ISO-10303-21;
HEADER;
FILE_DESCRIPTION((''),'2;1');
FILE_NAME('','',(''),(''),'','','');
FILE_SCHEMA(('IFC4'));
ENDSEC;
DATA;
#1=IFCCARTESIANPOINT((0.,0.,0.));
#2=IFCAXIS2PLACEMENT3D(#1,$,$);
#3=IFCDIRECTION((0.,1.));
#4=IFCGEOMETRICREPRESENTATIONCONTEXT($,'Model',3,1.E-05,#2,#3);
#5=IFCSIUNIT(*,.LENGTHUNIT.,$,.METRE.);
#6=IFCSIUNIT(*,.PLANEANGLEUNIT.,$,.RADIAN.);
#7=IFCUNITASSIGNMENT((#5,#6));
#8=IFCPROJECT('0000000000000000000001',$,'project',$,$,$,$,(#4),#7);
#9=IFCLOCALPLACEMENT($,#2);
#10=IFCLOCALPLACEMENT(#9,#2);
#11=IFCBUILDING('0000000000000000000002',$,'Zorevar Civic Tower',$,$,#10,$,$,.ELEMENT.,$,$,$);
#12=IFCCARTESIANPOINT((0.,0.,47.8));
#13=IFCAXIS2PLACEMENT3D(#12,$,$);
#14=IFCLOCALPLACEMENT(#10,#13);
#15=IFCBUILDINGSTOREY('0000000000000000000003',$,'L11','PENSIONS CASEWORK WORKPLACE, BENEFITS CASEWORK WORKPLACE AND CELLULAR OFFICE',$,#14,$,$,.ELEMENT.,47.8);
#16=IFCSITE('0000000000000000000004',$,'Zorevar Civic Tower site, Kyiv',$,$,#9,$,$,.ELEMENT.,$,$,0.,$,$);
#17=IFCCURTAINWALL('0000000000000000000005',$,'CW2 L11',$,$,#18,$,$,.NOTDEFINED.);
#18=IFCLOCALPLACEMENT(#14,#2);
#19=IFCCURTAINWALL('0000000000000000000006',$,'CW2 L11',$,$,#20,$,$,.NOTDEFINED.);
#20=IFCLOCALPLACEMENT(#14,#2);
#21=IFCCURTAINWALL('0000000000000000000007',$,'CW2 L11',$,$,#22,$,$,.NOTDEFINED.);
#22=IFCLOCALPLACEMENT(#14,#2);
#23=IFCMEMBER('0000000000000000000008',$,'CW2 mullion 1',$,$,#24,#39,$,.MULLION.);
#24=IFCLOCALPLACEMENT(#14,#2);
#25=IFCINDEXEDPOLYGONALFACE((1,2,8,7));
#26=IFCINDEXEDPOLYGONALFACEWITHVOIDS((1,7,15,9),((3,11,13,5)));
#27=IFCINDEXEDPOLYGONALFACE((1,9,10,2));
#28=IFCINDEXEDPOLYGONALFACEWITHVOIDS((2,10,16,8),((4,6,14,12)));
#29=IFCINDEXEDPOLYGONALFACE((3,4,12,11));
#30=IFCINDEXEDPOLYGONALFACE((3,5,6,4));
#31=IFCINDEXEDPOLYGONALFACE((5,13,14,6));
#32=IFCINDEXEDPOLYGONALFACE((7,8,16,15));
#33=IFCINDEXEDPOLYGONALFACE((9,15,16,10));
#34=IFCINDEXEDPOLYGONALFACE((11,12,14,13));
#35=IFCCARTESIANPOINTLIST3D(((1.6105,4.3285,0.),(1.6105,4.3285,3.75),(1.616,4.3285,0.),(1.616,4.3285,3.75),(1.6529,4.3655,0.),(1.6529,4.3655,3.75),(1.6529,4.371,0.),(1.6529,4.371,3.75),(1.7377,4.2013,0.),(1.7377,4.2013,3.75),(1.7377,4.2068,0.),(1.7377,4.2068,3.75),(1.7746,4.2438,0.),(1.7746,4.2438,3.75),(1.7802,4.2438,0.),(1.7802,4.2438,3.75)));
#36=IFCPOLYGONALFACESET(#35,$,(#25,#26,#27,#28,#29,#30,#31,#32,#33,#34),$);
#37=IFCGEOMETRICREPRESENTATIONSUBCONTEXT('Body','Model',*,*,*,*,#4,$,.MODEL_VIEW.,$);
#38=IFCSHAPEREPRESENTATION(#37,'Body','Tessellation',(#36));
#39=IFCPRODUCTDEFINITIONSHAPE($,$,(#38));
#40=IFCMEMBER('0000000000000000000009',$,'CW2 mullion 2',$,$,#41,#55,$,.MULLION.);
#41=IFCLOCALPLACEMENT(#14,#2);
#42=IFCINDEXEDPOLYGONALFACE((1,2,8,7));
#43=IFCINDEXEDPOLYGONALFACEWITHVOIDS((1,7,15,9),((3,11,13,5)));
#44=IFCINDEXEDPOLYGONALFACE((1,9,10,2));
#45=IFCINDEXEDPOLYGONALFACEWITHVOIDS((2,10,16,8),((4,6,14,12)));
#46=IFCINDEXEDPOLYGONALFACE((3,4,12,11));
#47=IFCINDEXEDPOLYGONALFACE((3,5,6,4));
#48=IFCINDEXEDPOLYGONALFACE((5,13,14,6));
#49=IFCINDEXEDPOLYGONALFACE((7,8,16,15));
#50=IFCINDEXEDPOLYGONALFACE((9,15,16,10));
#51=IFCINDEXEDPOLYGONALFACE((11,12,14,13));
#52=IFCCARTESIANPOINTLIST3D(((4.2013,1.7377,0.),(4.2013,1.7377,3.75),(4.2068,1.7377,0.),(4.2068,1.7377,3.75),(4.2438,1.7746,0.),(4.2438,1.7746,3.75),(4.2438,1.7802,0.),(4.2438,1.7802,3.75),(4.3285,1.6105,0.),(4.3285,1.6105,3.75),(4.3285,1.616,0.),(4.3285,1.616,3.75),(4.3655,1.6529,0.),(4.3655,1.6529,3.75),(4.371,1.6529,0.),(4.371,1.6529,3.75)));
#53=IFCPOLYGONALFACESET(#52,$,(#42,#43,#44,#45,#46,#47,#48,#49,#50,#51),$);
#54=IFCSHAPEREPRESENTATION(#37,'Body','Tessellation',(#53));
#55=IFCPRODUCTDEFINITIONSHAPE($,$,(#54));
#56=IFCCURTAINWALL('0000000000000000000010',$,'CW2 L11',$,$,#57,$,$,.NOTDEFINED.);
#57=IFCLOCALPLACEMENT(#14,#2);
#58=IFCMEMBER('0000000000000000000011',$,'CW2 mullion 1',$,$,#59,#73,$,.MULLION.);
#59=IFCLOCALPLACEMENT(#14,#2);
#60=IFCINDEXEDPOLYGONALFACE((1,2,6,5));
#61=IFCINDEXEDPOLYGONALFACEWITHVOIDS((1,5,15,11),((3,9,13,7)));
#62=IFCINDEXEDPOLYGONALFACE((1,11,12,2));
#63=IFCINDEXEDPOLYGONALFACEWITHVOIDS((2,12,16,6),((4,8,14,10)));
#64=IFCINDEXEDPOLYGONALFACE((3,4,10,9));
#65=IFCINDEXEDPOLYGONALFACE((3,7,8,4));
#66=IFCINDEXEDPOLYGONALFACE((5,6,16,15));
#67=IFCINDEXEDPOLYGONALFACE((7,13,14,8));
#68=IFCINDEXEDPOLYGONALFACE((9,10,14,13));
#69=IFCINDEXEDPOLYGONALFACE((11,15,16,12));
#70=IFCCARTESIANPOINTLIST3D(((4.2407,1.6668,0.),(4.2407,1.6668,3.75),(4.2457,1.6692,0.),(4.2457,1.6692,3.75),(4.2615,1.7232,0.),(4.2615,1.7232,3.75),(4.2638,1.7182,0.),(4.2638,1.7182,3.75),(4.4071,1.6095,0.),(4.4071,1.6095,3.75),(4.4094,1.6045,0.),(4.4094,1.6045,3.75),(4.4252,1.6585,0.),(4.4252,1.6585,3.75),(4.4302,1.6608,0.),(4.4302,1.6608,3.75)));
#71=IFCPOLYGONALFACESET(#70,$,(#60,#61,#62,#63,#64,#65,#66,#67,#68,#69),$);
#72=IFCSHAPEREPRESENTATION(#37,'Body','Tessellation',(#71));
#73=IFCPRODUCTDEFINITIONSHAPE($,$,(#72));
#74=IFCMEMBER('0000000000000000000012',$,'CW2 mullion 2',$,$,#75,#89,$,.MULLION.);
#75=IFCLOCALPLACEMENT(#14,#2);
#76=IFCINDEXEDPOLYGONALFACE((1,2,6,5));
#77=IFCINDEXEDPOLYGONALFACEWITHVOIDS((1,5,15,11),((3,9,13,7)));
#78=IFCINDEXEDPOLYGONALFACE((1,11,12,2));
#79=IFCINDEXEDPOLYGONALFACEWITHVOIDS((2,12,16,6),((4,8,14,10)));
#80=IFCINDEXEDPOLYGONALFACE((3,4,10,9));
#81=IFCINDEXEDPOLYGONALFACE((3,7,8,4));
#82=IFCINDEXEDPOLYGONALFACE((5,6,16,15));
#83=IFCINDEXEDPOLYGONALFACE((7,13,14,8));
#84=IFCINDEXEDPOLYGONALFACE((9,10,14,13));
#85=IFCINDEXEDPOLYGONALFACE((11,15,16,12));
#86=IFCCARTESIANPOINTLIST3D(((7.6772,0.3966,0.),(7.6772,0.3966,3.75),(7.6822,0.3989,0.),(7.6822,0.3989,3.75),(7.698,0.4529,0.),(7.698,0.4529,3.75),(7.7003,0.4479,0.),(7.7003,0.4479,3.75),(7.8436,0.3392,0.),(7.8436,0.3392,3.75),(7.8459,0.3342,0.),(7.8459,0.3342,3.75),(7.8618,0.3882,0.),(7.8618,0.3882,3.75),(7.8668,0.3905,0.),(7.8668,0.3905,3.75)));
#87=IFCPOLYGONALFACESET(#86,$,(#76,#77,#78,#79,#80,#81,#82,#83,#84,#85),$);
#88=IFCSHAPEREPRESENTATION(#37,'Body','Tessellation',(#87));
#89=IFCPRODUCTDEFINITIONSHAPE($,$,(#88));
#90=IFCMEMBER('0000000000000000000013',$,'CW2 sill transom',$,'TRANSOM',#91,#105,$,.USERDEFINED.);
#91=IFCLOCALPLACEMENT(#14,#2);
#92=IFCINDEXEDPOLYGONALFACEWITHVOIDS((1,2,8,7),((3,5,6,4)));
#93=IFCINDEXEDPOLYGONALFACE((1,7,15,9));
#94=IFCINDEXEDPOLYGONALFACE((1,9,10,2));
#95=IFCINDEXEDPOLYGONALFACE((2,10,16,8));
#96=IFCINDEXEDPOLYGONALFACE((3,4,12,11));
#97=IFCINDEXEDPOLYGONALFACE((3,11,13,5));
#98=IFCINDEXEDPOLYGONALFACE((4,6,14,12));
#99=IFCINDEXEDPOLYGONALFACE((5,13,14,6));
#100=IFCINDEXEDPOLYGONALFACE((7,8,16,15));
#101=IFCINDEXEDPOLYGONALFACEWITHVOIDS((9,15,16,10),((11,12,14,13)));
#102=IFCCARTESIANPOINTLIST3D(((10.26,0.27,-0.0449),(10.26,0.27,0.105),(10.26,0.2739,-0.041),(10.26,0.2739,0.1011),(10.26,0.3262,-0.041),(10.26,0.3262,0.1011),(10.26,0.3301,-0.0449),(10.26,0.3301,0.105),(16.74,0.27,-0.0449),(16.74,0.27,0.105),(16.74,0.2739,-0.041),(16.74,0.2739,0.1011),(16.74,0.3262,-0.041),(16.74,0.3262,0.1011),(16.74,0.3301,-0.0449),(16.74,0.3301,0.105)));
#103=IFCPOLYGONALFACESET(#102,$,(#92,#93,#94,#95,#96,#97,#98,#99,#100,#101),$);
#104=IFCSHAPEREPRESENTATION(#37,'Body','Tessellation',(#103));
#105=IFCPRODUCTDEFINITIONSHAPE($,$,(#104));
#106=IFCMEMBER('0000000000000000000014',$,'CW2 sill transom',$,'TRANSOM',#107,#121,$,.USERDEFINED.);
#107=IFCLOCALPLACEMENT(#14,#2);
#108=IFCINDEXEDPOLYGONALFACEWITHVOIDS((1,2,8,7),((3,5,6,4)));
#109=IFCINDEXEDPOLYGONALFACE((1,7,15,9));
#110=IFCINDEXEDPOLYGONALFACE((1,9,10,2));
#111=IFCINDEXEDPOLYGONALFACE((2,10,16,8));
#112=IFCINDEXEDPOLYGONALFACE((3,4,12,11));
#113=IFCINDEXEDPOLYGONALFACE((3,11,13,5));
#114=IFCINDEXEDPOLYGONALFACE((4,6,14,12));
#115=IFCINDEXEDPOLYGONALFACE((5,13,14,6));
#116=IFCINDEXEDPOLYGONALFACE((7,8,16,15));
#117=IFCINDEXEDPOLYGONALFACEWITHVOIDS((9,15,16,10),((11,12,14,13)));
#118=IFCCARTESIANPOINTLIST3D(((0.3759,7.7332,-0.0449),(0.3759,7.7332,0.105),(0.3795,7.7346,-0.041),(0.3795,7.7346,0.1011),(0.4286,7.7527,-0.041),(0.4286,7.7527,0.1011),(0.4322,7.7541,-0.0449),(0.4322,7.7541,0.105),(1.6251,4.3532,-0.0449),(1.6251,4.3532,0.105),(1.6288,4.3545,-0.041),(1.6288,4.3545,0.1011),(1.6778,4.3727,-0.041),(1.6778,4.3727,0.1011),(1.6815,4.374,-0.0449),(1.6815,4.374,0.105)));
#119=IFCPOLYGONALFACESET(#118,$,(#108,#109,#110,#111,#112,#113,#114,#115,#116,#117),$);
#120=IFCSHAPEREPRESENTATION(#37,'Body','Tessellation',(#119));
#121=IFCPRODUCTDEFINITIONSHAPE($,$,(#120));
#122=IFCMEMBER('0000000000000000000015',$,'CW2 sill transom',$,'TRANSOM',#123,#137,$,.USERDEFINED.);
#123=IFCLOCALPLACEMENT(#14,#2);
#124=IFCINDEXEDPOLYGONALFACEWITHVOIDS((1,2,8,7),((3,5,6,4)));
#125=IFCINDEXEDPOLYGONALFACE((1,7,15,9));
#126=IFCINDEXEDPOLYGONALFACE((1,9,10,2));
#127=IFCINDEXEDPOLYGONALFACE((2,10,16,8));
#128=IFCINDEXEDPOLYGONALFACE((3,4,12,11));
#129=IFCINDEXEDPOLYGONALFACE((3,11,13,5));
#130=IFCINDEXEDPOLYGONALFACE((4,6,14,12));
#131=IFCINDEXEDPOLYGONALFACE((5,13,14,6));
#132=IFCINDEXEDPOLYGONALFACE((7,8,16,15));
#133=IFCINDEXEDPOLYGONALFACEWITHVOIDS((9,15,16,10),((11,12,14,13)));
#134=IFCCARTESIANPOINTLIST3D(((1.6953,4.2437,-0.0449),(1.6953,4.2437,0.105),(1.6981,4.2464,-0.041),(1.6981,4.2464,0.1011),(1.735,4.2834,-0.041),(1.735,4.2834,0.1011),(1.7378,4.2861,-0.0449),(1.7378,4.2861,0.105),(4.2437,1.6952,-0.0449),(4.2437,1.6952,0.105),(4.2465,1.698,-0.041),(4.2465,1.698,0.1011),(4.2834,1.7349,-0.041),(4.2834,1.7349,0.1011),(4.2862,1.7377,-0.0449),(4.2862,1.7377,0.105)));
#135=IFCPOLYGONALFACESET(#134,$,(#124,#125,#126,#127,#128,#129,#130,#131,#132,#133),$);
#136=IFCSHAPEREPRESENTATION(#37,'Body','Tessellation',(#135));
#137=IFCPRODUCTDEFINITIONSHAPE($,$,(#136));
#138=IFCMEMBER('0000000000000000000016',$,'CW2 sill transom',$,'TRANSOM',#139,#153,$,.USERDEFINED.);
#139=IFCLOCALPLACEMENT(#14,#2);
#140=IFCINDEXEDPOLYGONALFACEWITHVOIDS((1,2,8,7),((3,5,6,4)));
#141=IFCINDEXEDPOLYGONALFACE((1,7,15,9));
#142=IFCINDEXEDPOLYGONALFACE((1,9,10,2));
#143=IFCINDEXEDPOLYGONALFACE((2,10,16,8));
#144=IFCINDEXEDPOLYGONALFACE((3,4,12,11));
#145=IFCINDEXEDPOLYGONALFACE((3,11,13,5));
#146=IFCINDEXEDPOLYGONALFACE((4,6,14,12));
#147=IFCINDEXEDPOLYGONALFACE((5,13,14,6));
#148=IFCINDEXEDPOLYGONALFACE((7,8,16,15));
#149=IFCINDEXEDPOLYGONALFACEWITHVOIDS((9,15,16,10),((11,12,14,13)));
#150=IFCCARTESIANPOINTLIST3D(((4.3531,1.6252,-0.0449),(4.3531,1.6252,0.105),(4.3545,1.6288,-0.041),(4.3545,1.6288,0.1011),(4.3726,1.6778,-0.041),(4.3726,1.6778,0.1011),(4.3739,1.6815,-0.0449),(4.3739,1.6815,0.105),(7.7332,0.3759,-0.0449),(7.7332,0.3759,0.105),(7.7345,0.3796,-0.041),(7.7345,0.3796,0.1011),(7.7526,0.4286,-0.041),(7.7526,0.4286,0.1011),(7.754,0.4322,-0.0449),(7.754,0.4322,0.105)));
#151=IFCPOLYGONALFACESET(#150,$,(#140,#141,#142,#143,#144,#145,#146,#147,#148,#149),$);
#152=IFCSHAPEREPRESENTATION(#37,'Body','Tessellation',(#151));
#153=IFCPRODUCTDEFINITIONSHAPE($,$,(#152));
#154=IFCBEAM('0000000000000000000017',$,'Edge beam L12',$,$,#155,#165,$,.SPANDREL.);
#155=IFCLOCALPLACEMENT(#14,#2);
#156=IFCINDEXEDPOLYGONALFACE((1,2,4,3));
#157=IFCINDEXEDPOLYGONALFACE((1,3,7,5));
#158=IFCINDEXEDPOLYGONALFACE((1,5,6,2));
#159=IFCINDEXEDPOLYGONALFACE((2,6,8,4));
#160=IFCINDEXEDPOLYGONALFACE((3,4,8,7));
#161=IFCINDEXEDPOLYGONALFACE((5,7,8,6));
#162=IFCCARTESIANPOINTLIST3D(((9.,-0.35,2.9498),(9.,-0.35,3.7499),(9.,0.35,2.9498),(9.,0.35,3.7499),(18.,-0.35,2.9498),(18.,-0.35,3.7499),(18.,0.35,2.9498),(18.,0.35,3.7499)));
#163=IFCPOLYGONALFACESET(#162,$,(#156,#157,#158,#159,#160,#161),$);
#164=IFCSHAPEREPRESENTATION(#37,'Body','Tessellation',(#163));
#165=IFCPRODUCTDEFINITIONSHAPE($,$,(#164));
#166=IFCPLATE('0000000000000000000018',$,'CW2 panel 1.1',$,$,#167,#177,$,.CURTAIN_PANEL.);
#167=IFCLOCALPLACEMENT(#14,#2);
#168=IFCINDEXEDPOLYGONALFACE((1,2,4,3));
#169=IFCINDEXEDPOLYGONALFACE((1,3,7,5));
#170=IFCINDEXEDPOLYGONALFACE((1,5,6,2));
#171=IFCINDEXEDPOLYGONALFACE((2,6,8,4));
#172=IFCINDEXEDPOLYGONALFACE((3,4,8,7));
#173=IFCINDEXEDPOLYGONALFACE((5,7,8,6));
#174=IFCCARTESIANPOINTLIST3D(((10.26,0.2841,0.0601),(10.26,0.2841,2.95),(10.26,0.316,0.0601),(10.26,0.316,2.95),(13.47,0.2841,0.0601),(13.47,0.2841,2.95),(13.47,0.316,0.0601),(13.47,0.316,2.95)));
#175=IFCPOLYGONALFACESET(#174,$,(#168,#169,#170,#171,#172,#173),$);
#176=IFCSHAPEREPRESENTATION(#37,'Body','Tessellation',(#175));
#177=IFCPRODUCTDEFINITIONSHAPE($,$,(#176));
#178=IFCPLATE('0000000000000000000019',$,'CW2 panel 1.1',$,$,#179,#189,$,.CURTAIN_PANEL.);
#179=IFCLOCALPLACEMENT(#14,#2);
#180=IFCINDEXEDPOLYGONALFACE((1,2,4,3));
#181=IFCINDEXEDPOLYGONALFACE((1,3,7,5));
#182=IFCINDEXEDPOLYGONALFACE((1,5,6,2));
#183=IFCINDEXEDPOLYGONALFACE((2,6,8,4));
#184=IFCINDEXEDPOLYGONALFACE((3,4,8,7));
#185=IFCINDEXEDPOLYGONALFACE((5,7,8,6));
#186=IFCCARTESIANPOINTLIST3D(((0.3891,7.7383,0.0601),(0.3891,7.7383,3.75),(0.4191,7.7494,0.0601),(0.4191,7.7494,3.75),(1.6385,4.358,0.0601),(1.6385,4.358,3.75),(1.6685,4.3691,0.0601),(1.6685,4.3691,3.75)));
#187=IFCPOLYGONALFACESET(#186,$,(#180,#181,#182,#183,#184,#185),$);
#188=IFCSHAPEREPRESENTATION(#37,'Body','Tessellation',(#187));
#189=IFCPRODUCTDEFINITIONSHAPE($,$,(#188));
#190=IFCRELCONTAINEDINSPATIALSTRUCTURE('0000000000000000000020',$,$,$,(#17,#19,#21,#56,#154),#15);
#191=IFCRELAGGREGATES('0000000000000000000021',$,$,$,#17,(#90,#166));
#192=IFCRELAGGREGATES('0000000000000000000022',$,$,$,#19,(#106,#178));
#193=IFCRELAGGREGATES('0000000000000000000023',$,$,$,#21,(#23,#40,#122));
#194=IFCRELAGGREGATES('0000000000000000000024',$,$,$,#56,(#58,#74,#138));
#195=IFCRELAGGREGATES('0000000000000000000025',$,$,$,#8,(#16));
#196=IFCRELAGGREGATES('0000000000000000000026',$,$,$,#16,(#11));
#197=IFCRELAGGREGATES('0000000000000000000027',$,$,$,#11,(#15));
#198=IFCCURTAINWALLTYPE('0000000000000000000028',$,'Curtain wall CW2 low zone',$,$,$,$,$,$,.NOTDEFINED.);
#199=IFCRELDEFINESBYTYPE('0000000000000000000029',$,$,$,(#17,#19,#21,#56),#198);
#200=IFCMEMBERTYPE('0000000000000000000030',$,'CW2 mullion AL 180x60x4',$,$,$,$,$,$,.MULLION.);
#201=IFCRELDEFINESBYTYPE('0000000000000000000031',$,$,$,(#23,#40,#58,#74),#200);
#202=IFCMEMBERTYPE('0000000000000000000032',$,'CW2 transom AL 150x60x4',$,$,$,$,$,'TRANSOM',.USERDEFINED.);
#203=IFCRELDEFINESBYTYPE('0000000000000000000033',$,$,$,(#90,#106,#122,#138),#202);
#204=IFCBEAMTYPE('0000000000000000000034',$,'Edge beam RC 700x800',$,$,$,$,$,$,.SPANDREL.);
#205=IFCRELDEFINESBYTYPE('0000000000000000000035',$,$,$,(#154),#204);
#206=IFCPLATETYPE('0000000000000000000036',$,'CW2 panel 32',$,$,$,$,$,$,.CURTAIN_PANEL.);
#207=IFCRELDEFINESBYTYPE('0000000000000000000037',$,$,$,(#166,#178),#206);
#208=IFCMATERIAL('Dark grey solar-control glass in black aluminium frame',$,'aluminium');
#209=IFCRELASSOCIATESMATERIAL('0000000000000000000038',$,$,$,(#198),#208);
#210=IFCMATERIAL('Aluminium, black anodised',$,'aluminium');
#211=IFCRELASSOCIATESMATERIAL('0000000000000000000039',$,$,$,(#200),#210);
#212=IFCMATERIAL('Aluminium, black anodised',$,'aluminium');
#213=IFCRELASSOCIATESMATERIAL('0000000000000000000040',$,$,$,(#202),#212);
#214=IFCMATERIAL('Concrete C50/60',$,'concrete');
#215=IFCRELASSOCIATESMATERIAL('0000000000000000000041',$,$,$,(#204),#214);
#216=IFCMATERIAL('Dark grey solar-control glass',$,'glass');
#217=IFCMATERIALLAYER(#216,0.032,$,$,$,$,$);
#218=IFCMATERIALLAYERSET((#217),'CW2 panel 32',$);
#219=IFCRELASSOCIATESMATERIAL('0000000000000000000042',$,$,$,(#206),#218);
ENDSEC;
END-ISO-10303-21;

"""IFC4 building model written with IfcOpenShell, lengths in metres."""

from ifc_helpers import new_model, si_unit, direction, frame, origin, origin_2d, place, context, subcontext, project, spatial, rectangle, hollow_rectangle, extrude, material, layer, layer_set, material_profile, profile_set, type_object, element, aggregate, save


model = new_model("IFC4")

# Units and contexts
model_context = context("Model", 3, precision=1e-05, world=origin(), true_north=direction((0.0, 1.0)))
body_context = subcontext(model_context, "Body", "Model", "MODEL_VIEW")
ifc_project = project(units=[si_unit("LENGTHUNIT", "METRE"), si_unit("PLANEANGLEUNIT", "RADIAN")], contexts=[model_context])

# Site, building, storey
site_placement = place(None, origin())
site = spatial("IfcSite", under=ifc_project, at=site_placement, Name="Zorevar Civic Tower site, Kyiv", CompositionType="ELEMENT", RefElevation=0.0)
building_placement = place(site_placement, origin())
building = spatial("IfcBuilding", under=site, at=building_placement, Name="Zorevar Civic Tower", CompositionType="ELEMENT")
storey_placement = place(building_placement, frame((0.0, 0.0, 47.8)))
storey = spatial("IfcBuildingStorey", under=building, at=storey_placement, Name="L11", Description="PENSIONS CASEWORK WORKPLACE, BENEFITS CASEWORK WORKPLACE AND CELLULAR OFFICE", CompositionType="ELEMENT", Elevation=47.8)

# Curtain walls, members
ifc_material_1 = material(Name="Dark grey solar-control glass in black aluminium frame", Category="aluminium")
curtain_wall_type = type_object("IfcCurtainWallType", Name="Curtain wall CW2 low zone", PredefinedType="NOTDEFINED", material=ifc_material_1)
curtain_wall_1_placement = place(storey_placement, origin())
curtain_wall_1 = element("IfcCurtainWall", 1, at=curtain_wall_1_placement, inside=storey, type_object=curtain_wall_type, Name="CW2 L11", PredefinedType="NOTDEFINED")
ifc_material_2 = material(Name="Aluminium, black anodised", Category="aluminium")
ifc_material_profile_1 = material_profile(ifc_material_2, hollow_rectangle(XDim=0.0601, YDim=0.1799, WallThickness=0.0039, at=origin_2d()), Name="AL 180x60x4")
ifc_profile_set_1 = profile_set([ifc_material_profile_1], Name="Aluminium, black anodised")
member_type_1 = type_object("IfcMemberType", Name="CW2 mullion AL 180x60x4", PredefinedType="MULLION", material=ifc_profile_set_1)
curtain_wall_2_placement = place(storey_placement, origin())
curtain_wall_2 = element("IfcCurtainWall", 2, at=curtain_wall_2_placement, inside=storey, type_object=curtain_wall_type, Name="CW2 L11", PredefinedType="NOTDEFINED")
curtain_wall_3_placement = place(storey_placement, origin())
curtain_wall_3 = element("IfcCurtainWall", 3, at=curtain_wall_3_placement, inside=storey, type_object=curtain_wall_type, Name="CW2 L11", PredefinedType="NOTDEFINED")
member_1_placement = place(storey_placement, frame((1.6953, 4.2861, 0.0), z_axis=(0.0, 0.0, 1.0), x_axis=(0.707107, 0.707107, 0.0)))
member_1 = element("IfcMember", 4, at=member_1_placement, type_object=member_type_1, Name="CW2 mullion 1", PredefinedType="MULLION", context=body_context, shape_type="SweptSolid", body=[
    extrude(hollow_rectangle(XDim=0.0601, YDim=0.1799, WallThickness=0.0039, at=origin_2d()), origin(), (0.0, 0.0, 1.0), 3.75),
])
member_2_placement = place(storey_placement, frame((4.2861, 1.6953, 0.0), z_axis=(0.0, 0.0, 1.0), x_axis=(0.707107, 0.707107, 0.0)))
member_2 = element("IfcMember", 5, at=member_2_placement, type_object=member_type_1, Name="CW2 mullion 2", PredefinedType="MULLION", context=body_context, shape_type="SweptSolid", body=[
    extrude(hollow_rectangle(XDim=0.0601, YDim=0.1799, WallThickness=0.0039, at=origin_2d()), origin(), (0.0, 0.0, 1.0), 3.75),
])
curtain_wall_4_placement = place(storey_placement, origin())
curtain_wall_4 = element("IfcCurtainWall", 6, at=curtain_wall_4_placement, inside=storey, type_object=curtain_wall_type, Name="CW2 L11", PredefinedType="NOTDEFINED")
member_3_placement = place(storey_placement, frame((4.3354, 1.6638, 0.0), z_axis=(0.0, 0.0, 1.0), x_axis=(0.346704, 0.937975, 0.0)))
member_3 = element("IfcMember", 7, at=member_3_placement, type_object=member_type_1, Name="CW2 mullion 1", PredefinedType="MULLION", context=body_context, shape_type="SweptSolid", body=[
    extrude(hollow_rectangle(XDim=0.0601, YDim=0.1799, WallThickness=0.0039, at=origin_2d()), origin(), (0.0, 0.0, 1.0), 3.75),
])
member_4_placement = place(storey_placement, frame((7.772, 0.3936, 0.0), z_axis=(0.0, 0.0, 1.0), x_axis=(0.346704, 0.937975, 0.0)))
member_4 = element("IfcMember", 8, at=member_4_placement, type_object=member_type_1, Name="CW2 mullion 2", PredefinedType="MULLION", context=body_context, shape_type="SweptSolid", body=[
    extrude(hollow_rectangle(XDim=0.0601, YDim=0.1799, WallThickness=0.0039, at=origin_2d()), origin(), (0.0, 0.0, 1.0), 3.75),
])

# Members
ifc_material_3 = material(Name="Aluminium, black anodised", Category="aluminium")
ifc_material_profile_2 = material_profile(ifc_material_3, hollow_rectangle(XDim=0.0601, YDim=0.1499, WallThickness=0.0039, at=origin_2d()), Name="AL 150x60x4")
ifc_profile_set_2 = profile_set([ifc_material_profile_2], Name="Aluminium, black anodised")
member_type_2 = type_object("IfcMemberType", Name="CW2 transom AL 150x60x4", ElementType="TRANSOM", PredefinedType="USERDEFINED", material=ifc_profile_set_2)
member_5_placement = place(storey_placement, frame((10.26, 0.3, 0.03), z_axis=(1.0, 0.0, 0.0), x_axis=(0.0, 1.0, 0.0)))
member_5 = element("IfcMember", 9, at=member_5_placement, type_object=member_type_2, Name="CW2 sill transom", ObjectType="TRANSOM", PredefinedType="USERDEFINED", context=body_context, shape_type="SweptSolid", body=[
    extrude(hollow_rectangle(XDim=0.0601, YDim=0.1499, WallThickness=0.0039, at=origin_2d()), origin(), (0.0, 0.0, 1.0), 6.48),
])
member_6_placement = place(storey_placement, frame((0.4041, 7.7437, 0.03), z_axis=(0.346672, -0.937986, 0.0), x_axis=(0.937986, 0.346672, 0.0)))
member_6 = element("IfcMember", 10, at=member_6_placement, type_object=member_type_2, Name="CW2 sill transom", ObjectType="TRANSOM", PredefinedType="USERDEFINED", context=body_context, shape_type="SweptSolid", body=[
    extrude(hollow_rectangle(XDim=0.0601, YDim=0.1499, WallThickness=0.0039, at=origin_2d()), origin(), (0.0, 0.0, 1.0), 3.6035),
])
member_7_placement = place(storey_placement, frame((1.7166, 4.2649, 0.03), z_axis=(0.707107, -0.707107, 0.0), x_axis=(0.707107, 0.707107, 0.0)))
member_7 = element("IfcMember", 11, at=member_7_placement, type_object=member_type_2, Name="CW2 sill transom", ObjectType="TRANSOM", PredefinedType="USERDEFINED", context=body_context, shape_type="SweptSolid", body=[
    extrude(hollow_rectangle(XDim=0.0601, YDim=0.1499, WallThickness=0.0039, at=origin_2d()), origin(), (0.0, 0.0, 1.0), 3.604),
])
member_8_placement = place(storey_placement, frame((4.3635, 1.6533, 0.03), z_axis=(0.937986, -0.346672, 0.0), x_axis=(0.346672, 0.937986, 0.0)))
member_8 = element("IfcMember", 12, at=member_8_placement, type_object=member_type_2, Name="CW2 sill transom", ObjectType="TRANSOM", PredefinedType="USERDEFINED", context=body_context, shape_type="SweptSolid", body=[
    extrude(hollow_rectangle(XDim=0.0601, YDim=0.1499, WallThickness=0.0039, at=origin_2d()), origin(), (0.0, 0.0, 1.0), 3.6035),
])

# Beam
ifc_material_4 = material(Name="Concrete C50/60", Category="concrete")
ifc_material_profile_3 = material_profile(ifc_material_4, rectangle(XDim=0.7, YDim=0.8, at=origin_2d()), Name="RC 700x800")
ifc_profile_set_3 = profile_set([ifc_material_profile_3], Name="Concrete C50/60")
beam_type_1 = type_object("IfcBeamType", Name="Edge beam RC 700x800", PredefinedType="SPANDREL", material=ifc_profile_set_3)
beam_1_placement = place(storey_placement, frame((9.0, 0.0, 3.3499), z_axis=(1.0, 0.0, 0.0), x_axis=(0.0, 1.0, 0.0)))
element("IfcBeam", 13, at=beam_1_placement, inside=storey, type_object=beam_type_1, Name="Edge beam L12", PredefinedType="SPANDREL", context=body_context, shape_type="SweptSolid", body=[
    extrude(rectangle(XDim=0.7, YDim=0.8, at=origin_2d()), origin(), (0.0, 0.0, 1.0), 9.0),
])

# Plates
ifc_material_5 = material(Name="Dark grey solar-control glass", Category="glass")
ifc_layer_1 = layer(ifc_material_5, 0.032)
ifc_layer_set_1 = layer_set([ifc_layer_1], Name="CW2 panel 32")
plate_type = type_object("IfcPlateType", Name="CW2 panel 32", PredefinedType="CURTAIN_PANEL", material=ifc_layer_set_1)
plate_1_placement = place(storey_placement, frame((11.865, 0.3, 0.0601), z_axis=(0.0, 0.0, 1.0), x_axis=(1.0, 0.0, 0.0)))
plate_1 = element("IfcPlate", 14, at=plate_1_placement, type_object=plate_type, Name="CW2 panel 1.1", PredefinedType="CURTAIN_PANEL", context=body_context, shape_type="SweptSolid", body=[
    extrude(rectangle(XDim=3.21, YDim=0.032, at=origin_2d()), origin(), (0.0, 0.0, 1.0), 2.8899),
])
aggregate(curtain_wall_1, [member_5, plate_1])
plate_2_placement = place(storey_placement, frame((1.0288, 6.0537, 0.0601), z_axis=(0.0, 0.0, 1.0), x_axis=(0.346704, -0.937975, 0.0)))
plate_2 = element("IfcPlate", 15, at=plate_2_placement, type_object=plate_type, Name="CW2 panel 1.1", PredefinedType="CURTAIN_PANEL", context=body_context, shape_type="SweptSolid", body=[
    extrude(rectangle(XDim=3.6038, YDim=0.032, at=origin_2d()), origin(), (0.0, 0.0, 1.0), 3.6899),
])
aggregate(curtain_wall_2, [member_6, plate_2])
aggregate(curtain_wall_3, [member_1, member_2, member_7])
aggregate(curtain_wall_4, [member_3, member_4, member_8])

save(model, "model.ifc")
